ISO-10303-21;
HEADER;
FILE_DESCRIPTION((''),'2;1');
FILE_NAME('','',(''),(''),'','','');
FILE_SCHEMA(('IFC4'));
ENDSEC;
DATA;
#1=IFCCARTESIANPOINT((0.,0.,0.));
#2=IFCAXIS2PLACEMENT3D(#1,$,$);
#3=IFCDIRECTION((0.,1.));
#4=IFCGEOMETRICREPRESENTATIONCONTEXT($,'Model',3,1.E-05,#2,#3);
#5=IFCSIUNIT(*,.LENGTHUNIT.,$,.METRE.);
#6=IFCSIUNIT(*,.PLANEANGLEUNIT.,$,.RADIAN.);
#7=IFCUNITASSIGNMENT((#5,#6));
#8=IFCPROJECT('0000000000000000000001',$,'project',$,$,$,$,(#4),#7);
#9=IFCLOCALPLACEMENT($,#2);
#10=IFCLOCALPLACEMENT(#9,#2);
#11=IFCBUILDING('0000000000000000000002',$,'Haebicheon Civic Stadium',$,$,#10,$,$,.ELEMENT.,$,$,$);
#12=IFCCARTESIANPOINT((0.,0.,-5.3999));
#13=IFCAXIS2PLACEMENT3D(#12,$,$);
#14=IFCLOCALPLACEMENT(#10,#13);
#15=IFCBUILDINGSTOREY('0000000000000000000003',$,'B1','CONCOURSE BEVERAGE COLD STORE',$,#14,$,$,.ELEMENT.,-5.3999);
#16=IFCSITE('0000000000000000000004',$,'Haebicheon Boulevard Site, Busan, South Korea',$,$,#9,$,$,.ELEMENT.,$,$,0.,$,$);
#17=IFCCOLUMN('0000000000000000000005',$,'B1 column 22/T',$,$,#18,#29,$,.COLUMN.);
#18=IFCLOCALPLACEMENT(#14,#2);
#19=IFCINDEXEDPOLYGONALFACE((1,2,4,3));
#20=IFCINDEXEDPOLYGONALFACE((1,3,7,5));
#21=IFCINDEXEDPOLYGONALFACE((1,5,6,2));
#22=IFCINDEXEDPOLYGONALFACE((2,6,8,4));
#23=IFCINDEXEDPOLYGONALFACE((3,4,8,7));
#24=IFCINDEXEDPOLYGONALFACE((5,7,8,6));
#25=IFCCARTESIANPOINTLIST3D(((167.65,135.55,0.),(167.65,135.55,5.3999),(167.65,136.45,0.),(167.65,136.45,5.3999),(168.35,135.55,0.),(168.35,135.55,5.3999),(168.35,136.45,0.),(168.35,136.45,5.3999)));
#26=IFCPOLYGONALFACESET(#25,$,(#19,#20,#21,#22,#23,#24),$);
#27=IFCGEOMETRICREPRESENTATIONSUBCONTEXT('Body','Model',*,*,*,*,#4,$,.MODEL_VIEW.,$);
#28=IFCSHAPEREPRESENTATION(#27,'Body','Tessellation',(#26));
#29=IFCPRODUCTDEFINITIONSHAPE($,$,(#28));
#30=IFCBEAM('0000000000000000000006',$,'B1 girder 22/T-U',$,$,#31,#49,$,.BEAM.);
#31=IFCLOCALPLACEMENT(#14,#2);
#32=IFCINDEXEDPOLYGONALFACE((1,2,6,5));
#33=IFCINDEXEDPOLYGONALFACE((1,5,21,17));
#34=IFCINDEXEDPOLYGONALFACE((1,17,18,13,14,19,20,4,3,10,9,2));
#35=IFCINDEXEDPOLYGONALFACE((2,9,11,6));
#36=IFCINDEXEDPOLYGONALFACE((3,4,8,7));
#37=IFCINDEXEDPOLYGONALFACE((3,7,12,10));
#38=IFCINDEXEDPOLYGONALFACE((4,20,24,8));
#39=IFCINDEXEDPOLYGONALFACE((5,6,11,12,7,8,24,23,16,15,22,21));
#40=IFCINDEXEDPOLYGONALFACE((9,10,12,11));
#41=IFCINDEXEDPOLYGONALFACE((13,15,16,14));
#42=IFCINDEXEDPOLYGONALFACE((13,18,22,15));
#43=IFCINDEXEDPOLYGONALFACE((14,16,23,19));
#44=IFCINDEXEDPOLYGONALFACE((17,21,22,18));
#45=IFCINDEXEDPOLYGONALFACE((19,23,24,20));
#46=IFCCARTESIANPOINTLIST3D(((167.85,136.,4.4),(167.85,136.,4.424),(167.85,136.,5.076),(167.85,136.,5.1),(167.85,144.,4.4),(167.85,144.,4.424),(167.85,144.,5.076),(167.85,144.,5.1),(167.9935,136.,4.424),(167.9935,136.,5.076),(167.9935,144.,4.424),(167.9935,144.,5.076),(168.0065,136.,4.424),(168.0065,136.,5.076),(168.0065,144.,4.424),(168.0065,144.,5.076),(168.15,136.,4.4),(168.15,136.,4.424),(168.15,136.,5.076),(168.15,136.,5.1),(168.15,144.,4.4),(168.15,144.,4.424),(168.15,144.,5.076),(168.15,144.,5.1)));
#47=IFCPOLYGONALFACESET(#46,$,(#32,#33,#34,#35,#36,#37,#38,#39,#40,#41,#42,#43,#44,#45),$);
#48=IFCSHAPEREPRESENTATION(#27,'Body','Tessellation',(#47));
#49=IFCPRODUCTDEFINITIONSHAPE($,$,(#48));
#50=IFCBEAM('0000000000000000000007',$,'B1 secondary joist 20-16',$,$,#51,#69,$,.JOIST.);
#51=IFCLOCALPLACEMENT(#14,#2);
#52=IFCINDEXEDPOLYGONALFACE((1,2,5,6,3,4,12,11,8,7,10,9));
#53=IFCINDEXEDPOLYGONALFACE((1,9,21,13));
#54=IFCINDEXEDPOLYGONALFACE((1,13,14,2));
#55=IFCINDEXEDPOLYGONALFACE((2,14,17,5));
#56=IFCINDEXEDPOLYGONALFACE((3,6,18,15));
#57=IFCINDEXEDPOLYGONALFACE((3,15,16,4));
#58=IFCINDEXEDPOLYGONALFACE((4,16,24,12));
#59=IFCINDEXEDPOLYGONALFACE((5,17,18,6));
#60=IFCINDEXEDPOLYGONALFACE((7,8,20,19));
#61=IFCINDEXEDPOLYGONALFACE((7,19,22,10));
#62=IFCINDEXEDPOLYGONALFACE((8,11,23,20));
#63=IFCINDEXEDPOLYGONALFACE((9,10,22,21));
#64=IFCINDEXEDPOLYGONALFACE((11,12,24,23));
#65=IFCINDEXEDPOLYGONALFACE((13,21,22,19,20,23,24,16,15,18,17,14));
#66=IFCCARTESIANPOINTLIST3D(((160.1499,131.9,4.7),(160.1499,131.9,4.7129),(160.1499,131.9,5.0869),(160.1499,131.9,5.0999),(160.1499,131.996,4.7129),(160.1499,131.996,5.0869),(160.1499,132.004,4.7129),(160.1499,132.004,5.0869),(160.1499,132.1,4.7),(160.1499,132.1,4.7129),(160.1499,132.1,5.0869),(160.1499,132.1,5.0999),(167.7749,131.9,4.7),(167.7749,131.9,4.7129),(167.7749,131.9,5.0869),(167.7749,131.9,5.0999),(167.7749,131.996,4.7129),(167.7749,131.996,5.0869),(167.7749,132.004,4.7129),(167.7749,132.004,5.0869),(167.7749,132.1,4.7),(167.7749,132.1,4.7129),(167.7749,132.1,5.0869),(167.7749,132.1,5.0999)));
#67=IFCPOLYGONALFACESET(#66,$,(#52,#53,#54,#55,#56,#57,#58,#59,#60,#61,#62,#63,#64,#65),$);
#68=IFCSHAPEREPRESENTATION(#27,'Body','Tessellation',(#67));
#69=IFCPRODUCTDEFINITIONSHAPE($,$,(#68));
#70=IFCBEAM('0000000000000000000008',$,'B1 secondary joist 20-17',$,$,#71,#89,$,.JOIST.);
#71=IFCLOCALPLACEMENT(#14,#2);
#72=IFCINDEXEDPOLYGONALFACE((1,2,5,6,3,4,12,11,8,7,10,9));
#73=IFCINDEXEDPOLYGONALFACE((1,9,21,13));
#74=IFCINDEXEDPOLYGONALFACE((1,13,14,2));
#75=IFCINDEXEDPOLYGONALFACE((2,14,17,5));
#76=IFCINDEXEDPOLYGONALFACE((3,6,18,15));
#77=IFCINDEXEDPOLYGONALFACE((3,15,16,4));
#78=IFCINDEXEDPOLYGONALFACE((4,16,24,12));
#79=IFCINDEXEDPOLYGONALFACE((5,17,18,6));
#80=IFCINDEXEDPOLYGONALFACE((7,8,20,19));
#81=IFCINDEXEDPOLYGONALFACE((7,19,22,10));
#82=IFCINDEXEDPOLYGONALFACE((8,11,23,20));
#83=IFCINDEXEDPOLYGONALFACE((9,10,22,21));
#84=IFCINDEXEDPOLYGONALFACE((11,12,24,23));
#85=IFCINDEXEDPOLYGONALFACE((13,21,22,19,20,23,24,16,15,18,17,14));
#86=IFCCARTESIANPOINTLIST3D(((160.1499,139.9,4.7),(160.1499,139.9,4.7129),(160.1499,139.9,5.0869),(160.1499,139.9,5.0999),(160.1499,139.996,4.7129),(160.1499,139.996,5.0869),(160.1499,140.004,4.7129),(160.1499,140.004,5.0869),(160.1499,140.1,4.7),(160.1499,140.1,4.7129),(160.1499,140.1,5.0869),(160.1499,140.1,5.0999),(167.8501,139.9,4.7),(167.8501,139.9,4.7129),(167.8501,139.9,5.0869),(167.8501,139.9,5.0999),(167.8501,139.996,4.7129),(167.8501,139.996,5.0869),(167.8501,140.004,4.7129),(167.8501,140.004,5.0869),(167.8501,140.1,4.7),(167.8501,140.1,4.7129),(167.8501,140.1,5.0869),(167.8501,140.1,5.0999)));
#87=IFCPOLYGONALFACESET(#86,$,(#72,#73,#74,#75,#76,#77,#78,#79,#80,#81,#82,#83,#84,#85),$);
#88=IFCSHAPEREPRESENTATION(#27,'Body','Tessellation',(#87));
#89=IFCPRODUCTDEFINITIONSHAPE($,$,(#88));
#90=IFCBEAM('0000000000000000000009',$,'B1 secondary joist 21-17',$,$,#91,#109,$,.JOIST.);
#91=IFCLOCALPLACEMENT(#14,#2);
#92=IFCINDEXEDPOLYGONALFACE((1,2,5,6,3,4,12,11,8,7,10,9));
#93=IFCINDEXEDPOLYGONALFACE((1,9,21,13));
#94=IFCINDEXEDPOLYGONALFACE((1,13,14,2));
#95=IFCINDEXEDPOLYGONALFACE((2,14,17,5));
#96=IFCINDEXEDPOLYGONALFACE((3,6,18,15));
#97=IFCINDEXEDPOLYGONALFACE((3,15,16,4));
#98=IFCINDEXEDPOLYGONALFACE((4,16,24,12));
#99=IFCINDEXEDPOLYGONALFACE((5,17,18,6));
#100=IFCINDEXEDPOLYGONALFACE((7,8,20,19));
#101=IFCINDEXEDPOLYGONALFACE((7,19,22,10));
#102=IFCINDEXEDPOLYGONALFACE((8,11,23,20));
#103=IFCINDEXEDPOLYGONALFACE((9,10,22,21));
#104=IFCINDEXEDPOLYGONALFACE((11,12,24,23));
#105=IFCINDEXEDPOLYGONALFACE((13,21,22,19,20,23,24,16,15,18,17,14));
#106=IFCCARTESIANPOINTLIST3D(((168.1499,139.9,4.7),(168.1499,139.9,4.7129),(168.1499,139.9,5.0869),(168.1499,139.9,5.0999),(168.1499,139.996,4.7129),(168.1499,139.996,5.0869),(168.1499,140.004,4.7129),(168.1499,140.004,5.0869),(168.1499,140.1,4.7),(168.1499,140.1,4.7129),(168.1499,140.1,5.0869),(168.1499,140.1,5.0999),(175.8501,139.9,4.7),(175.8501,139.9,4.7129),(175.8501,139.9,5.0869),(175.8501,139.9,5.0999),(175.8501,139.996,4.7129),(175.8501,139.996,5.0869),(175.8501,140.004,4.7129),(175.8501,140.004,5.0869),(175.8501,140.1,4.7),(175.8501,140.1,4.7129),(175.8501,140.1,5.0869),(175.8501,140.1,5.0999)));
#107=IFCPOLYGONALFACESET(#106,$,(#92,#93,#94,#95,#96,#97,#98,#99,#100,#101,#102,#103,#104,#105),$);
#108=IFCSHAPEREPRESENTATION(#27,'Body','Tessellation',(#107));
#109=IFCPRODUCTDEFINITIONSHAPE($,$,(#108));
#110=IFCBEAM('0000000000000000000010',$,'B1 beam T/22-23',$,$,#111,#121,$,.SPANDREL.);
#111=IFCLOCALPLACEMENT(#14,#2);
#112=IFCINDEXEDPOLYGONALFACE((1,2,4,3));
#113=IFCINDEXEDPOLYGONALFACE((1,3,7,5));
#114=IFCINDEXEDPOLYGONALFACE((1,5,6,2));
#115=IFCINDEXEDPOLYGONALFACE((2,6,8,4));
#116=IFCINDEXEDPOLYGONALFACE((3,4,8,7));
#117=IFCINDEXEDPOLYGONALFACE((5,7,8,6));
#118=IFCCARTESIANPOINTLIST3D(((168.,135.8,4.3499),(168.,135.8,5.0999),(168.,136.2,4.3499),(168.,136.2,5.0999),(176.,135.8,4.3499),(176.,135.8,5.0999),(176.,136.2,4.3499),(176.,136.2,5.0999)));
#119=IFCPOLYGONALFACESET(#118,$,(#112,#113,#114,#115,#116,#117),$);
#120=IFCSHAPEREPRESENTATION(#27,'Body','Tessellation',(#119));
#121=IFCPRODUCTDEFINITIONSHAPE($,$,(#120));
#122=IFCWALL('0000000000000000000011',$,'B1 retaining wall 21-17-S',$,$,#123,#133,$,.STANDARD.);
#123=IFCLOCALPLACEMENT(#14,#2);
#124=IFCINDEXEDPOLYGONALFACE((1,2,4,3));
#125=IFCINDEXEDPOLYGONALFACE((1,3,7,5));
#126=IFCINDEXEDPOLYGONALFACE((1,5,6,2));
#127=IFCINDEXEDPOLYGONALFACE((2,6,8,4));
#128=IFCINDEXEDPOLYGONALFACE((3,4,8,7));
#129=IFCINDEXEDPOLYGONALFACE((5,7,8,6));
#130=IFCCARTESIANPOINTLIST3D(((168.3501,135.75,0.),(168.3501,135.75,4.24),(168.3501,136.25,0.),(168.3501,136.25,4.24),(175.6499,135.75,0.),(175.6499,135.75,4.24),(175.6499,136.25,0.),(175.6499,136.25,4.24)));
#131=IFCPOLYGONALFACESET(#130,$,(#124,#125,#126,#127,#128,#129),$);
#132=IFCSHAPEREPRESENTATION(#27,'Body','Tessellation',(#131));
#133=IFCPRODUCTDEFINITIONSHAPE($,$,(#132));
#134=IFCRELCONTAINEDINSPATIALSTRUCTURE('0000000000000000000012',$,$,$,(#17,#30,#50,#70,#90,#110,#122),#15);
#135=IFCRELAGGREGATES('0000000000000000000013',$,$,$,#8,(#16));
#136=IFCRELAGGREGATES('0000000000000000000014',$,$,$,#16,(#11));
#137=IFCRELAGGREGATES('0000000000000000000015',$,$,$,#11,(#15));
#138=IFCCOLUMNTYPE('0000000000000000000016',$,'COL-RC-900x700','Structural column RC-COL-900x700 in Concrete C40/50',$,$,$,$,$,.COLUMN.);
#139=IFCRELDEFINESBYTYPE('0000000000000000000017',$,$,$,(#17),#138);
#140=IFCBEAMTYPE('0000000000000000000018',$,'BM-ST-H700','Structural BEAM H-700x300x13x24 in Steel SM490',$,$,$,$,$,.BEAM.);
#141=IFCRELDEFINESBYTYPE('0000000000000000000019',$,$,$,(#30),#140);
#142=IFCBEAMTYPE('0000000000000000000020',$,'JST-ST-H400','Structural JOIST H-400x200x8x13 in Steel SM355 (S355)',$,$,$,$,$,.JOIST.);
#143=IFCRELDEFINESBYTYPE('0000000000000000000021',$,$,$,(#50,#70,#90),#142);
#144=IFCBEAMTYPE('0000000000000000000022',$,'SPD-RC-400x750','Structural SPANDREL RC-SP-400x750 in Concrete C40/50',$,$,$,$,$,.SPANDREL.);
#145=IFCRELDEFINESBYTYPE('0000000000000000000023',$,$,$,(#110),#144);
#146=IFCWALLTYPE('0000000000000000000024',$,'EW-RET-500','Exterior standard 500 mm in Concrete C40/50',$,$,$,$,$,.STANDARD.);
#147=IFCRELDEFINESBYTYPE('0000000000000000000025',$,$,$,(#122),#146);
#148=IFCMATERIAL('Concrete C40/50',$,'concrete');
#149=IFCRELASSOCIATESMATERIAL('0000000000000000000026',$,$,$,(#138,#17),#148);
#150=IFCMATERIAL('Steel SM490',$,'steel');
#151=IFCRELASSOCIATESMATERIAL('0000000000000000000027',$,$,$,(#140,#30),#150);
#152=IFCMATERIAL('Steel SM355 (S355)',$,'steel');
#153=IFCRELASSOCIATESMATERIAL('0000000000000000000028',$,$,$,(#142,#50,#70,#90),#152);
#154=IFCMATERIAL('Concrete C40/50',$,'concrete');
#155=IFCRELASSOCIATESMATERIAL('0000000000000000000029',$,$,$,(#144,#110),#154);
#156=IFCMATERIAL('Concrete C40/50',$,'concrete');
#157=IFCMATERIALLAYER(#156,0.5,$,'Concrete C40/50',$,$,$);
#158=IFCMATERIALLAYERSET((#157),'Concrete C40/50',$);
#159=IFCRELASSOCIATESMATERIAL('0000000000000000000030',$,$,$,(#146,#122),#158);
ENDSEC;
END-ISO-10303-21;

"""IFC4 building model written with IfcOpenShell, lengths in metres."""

from ifc_helpers import new_model, si_unit, direction, frame, frame_2d, origin, origin_2d, place, context, subcontext, project, spatial, rectangle, i_section, extrude, material, layer, layer_set, material_profile, profile_set, type_object, element, save


model = new_model("IFC4")

# Units and contexts
model_context = context("Model", 3, precision=1e-05, world=origin(), true_north=direction((0.0, 1.0)))
body_context = subcontext(model_context, "Body", "Model", "MODEL_VIEW")
ifc_project = project(units=[si_unit("LENGTHUNIT", "METRE"), si_unit("PLANEANGLEUNIT", "RADIAN")], contexts=[model_context])

# Site, building, storey
site_placement = place(None, origin())
site = spatial("IfcSite", under=ifc_project, at=site_placement, Name="Haebicheon Boulevard Site, Busan, South Korea", CompositionType="ELEMENT", RefElevation=0.0)
building_placement = place(site_placement, origin())
building = spatial("IfcBuilding", under=site, at=building_placement, Name="Haebicheon Civic Stadium", CompositionType="ELEMENT")
storey_placement = place(building_placement, frame((0.0, 0.0, -5.3999)))
storey = spatial("IfcBuildingStorey", under=building, at=storey_placement, Name="B1", Description="CONCOURSE BEVERAGE COLD STORE", CompositionType="ELEMENT", Elevation=-5.3999)

# Column
ifc_material_1 = material(Name="Concrete C40/50", Category="concrete")
ifc_material_profile_1 = material_profile(ifc_material_1, rectangle(XDim=0.7, YDim=0.8999, at=origin_2d()), Name="RC-COL-900x700")
ifc_profile_set_1 = profile_set([ifc_material_profile_1], Name="Concrete C40/50")
column_type = type_object("IfcColumnType", Name="COL-RC-900x700", Description="Structural column RC-COL-900x700 in Concrete C40/50", PredefinedType="COLUMN", material=ifc_profile_set_1)
column_placement = place(storey_placement, frame((168.0, 136.0, 0.0), z_axis=(0.0, 0.0, 1.0), x_axis=(1.0, 0.0, 0.0)))
element("IfcColumn", 1, at=column_placement, inside=storey, type_object=column_type, material=ifc_profile_set_1, Name="B1 column 22/T", PredefinedType="COLUMN", context=body_context, shape_type="SweptSolid", body=[
    extrude(rectangle(XDim=0.7, YDim=0.8999, at=origin_2d()), origin(), (0.0, 0.0, 1.0), 5.3999),
])

# Beams
ifc_material_2 = material(Name="Steel SM490", Category="steel")
ifc_material_profile_2 = material_profile(ifc_material_2, i_section(OverallWidth=0.3, OverallDepth=0.7, WebThickness=0.0129, FlangeThickness=0.0239, at=origin_2d()), Name="H-700x300x13x24")
ifc_profile_set_2 = profile_set([ifc_material_profile_2], Name="Steel SM490")
beam_type_1 = type_object("IfcBeamType", Name="BM-ST-H700", Description="Structural BEAM H-700x300x13x24 in Steel SM490", PredefinedType="BEAM", material=ifc_profile_set_2)
beam_1_placement = place(storey_placement, frame((168.0, 136.0, 4.75), z_axis=(0.0, 1.0, 0.0), x_axis=(-1.0, 0.0, 0.0)))
element("IfcBeam", 2, at=beam_1_placement, inside=storey, type_object=beam_type_1, material=ifc_profile_set_2, Name="B1 girder 22/T-U", PredefinedType="BEAM", context=body_context, shape_type="SweptSolid", body=[
    extrude(i_section(OverallWidth=0.3, OverallDepth=0.7, WebThickness=0.0129, FlangeThickness=0.0239, at=origin_2d()), origin(), (0.0, 0.0, 1.0), 8.0),
])
ifc_material_3 = material(Name="Steel SM355 (S355)", Category="steel")
ifc_material_profile_3 = material_profile(ifc_material_3, i_section(OverallWidth=0.2, OverallDepth=0.3999, WebThickness=0.0081, FlangeThickness=0.0129, at=origin_2d()), Name="H-400x200x8x13")
ifc_profile_set_3 = profile_set([ifc_material_profile_3], Name="Steel SM355 (S355)")
beam_type_2 = type_object("IfcBeamType", Name="JST-ST-H400", Description="Structural JOIST H-400x200x8x13 in Steel SM355 (S355)", PredefinedType="JOIST", material=ifc_profile_set_3)
beam_2_placement = place(storey_placement, frame((160.1499, 132.0, 4.8999), z_axis=(1.0, 0.0, 0.0), x_axis=(0.0, 1.0, 0.0)))
element("IfcBeam", 3, at=beam_2_placement, inside=storey, type_object=beam_type_2, material=ifc_profile_set_3, Name="B1 secondary joist 20-16", PredefinedType="JOIST", context=body_context, shape_type="SweptSolid", body=[
    extrude(i_section(OverallWidth=0.2, OverallDepth=0.3999, WebThickness=0.0081, FlangeThickness=0.0129, at=origin_2d()), origin(), (0.0, 0.0, 1.0), 7.625),
])
for number, where, z_axis, x_axis, name in (
    (4, (160.1499, 140.0, 4.8999), (1.0, 0.0, 0.0), (0.0, 1.0, 0.0), "B1 secondary joist 20-17"),
    (5, (168.1499, 140.0, 4.8999), (1.0, 0.0, 0.0), (0.0, 1.0, 0.0), "B1 secondary joist 21-17"),
):
    element("IfcBeam", number, at=place(storey_placement, frame(where, z_axis=z_axis, x_axis=x_axis)), inside=storey, type_object=beam_type_2, material=ifc_profile_set_3, Name=name, PredefinedType="JOIST", context=body_context, shape_type="SweptSolid", body=[
        extrude(i_section(OverallWidth=0.2, OverallDepth=0.3999, WebThickness=0.0081, FlangeThickness=0.0129, at=origin_2d()), origin(), (0.0, 0.0, 1.0), 7.7002),
    ])
ifc_material_4 = material(Name="Concrete C40/50", Category="concrete")
ifc_material_profile_4 = material_profile(ifc_material_4, rectangle(XDim=0.3999, YDim=0.75, at=origin_2d()), Name="RC-SP-400x750")
ifc_profile_set_4 = profile_set([ifc_material_profile_4], Name="Concrete C40/50")
beam_type_3 = type_object("IfcBeamType", Name="SPD-RC-400x750", Description="Structural SPANDREL RC-SP-400x750 in Concrete C40/50", PredefinedType="SPANDREL", material=ifc_profile_set_4)
beam_3_placement = place(storey_placement, frame((168.0, 136.0, 4.7249), z_axis=(1.0, 0.0, 0.0), x_axis=(0.0, 1.0, 0.0)))
element("IfcBeam", 6, at=beam_3_placement, inside=storey, type_object=beam_type_3, material=ifc_profile_set_4, Name="B1 beam T/22-23", PredefinedType="SPANDREL", context=body_context, shape_type="SweptSolid", body=[
    extrude(rectangle(XDim=0.3999, YDim=0.75, at=origin_2d()), origin(), (0.0, 0.0, 1.0), 8.0),
])

# Wall
ifc_material_5 = material(Name="Concrete C40/50", Category="concrete")
ifc_layer_1 = layer(ifc_material_5, 0.5, Name="Concrete C40/50")
ifc_layer_set_1 = layer_set([ifc_layer_1], Name="Concrete C40/50")
wall_type = type_object("IfcWallType", Name="EW-RET-500", Description="Exterior standard 500 mm in Concrete C40/50", PredefinedType="STANDARD", material=ifc_layer_set_1)
wall_placement = place(storey_placement, frame((168.3501, 136.0, 0.0), z_axis=(0.0, 0.0, 1.0), x_axis=(1.0, 0.0, 0.0)))
element("IfcWall", 7, at=wall_placement, inside=storey, type_object=wall_type, material=ifc_layer_set_1, Name="B1 retaining wall 21-17-S", PredefinedType="STANDARD", context=body_context, shape_type="SweptSolid", body=[
    extrude(rectangle(XDim=7.2998, YDim=0.5, at=frame_2d((3.6499, 0.0))), origin(), (0.0, 0.0, 1.0), 4.24),
])

save(model, "model.ifc")
